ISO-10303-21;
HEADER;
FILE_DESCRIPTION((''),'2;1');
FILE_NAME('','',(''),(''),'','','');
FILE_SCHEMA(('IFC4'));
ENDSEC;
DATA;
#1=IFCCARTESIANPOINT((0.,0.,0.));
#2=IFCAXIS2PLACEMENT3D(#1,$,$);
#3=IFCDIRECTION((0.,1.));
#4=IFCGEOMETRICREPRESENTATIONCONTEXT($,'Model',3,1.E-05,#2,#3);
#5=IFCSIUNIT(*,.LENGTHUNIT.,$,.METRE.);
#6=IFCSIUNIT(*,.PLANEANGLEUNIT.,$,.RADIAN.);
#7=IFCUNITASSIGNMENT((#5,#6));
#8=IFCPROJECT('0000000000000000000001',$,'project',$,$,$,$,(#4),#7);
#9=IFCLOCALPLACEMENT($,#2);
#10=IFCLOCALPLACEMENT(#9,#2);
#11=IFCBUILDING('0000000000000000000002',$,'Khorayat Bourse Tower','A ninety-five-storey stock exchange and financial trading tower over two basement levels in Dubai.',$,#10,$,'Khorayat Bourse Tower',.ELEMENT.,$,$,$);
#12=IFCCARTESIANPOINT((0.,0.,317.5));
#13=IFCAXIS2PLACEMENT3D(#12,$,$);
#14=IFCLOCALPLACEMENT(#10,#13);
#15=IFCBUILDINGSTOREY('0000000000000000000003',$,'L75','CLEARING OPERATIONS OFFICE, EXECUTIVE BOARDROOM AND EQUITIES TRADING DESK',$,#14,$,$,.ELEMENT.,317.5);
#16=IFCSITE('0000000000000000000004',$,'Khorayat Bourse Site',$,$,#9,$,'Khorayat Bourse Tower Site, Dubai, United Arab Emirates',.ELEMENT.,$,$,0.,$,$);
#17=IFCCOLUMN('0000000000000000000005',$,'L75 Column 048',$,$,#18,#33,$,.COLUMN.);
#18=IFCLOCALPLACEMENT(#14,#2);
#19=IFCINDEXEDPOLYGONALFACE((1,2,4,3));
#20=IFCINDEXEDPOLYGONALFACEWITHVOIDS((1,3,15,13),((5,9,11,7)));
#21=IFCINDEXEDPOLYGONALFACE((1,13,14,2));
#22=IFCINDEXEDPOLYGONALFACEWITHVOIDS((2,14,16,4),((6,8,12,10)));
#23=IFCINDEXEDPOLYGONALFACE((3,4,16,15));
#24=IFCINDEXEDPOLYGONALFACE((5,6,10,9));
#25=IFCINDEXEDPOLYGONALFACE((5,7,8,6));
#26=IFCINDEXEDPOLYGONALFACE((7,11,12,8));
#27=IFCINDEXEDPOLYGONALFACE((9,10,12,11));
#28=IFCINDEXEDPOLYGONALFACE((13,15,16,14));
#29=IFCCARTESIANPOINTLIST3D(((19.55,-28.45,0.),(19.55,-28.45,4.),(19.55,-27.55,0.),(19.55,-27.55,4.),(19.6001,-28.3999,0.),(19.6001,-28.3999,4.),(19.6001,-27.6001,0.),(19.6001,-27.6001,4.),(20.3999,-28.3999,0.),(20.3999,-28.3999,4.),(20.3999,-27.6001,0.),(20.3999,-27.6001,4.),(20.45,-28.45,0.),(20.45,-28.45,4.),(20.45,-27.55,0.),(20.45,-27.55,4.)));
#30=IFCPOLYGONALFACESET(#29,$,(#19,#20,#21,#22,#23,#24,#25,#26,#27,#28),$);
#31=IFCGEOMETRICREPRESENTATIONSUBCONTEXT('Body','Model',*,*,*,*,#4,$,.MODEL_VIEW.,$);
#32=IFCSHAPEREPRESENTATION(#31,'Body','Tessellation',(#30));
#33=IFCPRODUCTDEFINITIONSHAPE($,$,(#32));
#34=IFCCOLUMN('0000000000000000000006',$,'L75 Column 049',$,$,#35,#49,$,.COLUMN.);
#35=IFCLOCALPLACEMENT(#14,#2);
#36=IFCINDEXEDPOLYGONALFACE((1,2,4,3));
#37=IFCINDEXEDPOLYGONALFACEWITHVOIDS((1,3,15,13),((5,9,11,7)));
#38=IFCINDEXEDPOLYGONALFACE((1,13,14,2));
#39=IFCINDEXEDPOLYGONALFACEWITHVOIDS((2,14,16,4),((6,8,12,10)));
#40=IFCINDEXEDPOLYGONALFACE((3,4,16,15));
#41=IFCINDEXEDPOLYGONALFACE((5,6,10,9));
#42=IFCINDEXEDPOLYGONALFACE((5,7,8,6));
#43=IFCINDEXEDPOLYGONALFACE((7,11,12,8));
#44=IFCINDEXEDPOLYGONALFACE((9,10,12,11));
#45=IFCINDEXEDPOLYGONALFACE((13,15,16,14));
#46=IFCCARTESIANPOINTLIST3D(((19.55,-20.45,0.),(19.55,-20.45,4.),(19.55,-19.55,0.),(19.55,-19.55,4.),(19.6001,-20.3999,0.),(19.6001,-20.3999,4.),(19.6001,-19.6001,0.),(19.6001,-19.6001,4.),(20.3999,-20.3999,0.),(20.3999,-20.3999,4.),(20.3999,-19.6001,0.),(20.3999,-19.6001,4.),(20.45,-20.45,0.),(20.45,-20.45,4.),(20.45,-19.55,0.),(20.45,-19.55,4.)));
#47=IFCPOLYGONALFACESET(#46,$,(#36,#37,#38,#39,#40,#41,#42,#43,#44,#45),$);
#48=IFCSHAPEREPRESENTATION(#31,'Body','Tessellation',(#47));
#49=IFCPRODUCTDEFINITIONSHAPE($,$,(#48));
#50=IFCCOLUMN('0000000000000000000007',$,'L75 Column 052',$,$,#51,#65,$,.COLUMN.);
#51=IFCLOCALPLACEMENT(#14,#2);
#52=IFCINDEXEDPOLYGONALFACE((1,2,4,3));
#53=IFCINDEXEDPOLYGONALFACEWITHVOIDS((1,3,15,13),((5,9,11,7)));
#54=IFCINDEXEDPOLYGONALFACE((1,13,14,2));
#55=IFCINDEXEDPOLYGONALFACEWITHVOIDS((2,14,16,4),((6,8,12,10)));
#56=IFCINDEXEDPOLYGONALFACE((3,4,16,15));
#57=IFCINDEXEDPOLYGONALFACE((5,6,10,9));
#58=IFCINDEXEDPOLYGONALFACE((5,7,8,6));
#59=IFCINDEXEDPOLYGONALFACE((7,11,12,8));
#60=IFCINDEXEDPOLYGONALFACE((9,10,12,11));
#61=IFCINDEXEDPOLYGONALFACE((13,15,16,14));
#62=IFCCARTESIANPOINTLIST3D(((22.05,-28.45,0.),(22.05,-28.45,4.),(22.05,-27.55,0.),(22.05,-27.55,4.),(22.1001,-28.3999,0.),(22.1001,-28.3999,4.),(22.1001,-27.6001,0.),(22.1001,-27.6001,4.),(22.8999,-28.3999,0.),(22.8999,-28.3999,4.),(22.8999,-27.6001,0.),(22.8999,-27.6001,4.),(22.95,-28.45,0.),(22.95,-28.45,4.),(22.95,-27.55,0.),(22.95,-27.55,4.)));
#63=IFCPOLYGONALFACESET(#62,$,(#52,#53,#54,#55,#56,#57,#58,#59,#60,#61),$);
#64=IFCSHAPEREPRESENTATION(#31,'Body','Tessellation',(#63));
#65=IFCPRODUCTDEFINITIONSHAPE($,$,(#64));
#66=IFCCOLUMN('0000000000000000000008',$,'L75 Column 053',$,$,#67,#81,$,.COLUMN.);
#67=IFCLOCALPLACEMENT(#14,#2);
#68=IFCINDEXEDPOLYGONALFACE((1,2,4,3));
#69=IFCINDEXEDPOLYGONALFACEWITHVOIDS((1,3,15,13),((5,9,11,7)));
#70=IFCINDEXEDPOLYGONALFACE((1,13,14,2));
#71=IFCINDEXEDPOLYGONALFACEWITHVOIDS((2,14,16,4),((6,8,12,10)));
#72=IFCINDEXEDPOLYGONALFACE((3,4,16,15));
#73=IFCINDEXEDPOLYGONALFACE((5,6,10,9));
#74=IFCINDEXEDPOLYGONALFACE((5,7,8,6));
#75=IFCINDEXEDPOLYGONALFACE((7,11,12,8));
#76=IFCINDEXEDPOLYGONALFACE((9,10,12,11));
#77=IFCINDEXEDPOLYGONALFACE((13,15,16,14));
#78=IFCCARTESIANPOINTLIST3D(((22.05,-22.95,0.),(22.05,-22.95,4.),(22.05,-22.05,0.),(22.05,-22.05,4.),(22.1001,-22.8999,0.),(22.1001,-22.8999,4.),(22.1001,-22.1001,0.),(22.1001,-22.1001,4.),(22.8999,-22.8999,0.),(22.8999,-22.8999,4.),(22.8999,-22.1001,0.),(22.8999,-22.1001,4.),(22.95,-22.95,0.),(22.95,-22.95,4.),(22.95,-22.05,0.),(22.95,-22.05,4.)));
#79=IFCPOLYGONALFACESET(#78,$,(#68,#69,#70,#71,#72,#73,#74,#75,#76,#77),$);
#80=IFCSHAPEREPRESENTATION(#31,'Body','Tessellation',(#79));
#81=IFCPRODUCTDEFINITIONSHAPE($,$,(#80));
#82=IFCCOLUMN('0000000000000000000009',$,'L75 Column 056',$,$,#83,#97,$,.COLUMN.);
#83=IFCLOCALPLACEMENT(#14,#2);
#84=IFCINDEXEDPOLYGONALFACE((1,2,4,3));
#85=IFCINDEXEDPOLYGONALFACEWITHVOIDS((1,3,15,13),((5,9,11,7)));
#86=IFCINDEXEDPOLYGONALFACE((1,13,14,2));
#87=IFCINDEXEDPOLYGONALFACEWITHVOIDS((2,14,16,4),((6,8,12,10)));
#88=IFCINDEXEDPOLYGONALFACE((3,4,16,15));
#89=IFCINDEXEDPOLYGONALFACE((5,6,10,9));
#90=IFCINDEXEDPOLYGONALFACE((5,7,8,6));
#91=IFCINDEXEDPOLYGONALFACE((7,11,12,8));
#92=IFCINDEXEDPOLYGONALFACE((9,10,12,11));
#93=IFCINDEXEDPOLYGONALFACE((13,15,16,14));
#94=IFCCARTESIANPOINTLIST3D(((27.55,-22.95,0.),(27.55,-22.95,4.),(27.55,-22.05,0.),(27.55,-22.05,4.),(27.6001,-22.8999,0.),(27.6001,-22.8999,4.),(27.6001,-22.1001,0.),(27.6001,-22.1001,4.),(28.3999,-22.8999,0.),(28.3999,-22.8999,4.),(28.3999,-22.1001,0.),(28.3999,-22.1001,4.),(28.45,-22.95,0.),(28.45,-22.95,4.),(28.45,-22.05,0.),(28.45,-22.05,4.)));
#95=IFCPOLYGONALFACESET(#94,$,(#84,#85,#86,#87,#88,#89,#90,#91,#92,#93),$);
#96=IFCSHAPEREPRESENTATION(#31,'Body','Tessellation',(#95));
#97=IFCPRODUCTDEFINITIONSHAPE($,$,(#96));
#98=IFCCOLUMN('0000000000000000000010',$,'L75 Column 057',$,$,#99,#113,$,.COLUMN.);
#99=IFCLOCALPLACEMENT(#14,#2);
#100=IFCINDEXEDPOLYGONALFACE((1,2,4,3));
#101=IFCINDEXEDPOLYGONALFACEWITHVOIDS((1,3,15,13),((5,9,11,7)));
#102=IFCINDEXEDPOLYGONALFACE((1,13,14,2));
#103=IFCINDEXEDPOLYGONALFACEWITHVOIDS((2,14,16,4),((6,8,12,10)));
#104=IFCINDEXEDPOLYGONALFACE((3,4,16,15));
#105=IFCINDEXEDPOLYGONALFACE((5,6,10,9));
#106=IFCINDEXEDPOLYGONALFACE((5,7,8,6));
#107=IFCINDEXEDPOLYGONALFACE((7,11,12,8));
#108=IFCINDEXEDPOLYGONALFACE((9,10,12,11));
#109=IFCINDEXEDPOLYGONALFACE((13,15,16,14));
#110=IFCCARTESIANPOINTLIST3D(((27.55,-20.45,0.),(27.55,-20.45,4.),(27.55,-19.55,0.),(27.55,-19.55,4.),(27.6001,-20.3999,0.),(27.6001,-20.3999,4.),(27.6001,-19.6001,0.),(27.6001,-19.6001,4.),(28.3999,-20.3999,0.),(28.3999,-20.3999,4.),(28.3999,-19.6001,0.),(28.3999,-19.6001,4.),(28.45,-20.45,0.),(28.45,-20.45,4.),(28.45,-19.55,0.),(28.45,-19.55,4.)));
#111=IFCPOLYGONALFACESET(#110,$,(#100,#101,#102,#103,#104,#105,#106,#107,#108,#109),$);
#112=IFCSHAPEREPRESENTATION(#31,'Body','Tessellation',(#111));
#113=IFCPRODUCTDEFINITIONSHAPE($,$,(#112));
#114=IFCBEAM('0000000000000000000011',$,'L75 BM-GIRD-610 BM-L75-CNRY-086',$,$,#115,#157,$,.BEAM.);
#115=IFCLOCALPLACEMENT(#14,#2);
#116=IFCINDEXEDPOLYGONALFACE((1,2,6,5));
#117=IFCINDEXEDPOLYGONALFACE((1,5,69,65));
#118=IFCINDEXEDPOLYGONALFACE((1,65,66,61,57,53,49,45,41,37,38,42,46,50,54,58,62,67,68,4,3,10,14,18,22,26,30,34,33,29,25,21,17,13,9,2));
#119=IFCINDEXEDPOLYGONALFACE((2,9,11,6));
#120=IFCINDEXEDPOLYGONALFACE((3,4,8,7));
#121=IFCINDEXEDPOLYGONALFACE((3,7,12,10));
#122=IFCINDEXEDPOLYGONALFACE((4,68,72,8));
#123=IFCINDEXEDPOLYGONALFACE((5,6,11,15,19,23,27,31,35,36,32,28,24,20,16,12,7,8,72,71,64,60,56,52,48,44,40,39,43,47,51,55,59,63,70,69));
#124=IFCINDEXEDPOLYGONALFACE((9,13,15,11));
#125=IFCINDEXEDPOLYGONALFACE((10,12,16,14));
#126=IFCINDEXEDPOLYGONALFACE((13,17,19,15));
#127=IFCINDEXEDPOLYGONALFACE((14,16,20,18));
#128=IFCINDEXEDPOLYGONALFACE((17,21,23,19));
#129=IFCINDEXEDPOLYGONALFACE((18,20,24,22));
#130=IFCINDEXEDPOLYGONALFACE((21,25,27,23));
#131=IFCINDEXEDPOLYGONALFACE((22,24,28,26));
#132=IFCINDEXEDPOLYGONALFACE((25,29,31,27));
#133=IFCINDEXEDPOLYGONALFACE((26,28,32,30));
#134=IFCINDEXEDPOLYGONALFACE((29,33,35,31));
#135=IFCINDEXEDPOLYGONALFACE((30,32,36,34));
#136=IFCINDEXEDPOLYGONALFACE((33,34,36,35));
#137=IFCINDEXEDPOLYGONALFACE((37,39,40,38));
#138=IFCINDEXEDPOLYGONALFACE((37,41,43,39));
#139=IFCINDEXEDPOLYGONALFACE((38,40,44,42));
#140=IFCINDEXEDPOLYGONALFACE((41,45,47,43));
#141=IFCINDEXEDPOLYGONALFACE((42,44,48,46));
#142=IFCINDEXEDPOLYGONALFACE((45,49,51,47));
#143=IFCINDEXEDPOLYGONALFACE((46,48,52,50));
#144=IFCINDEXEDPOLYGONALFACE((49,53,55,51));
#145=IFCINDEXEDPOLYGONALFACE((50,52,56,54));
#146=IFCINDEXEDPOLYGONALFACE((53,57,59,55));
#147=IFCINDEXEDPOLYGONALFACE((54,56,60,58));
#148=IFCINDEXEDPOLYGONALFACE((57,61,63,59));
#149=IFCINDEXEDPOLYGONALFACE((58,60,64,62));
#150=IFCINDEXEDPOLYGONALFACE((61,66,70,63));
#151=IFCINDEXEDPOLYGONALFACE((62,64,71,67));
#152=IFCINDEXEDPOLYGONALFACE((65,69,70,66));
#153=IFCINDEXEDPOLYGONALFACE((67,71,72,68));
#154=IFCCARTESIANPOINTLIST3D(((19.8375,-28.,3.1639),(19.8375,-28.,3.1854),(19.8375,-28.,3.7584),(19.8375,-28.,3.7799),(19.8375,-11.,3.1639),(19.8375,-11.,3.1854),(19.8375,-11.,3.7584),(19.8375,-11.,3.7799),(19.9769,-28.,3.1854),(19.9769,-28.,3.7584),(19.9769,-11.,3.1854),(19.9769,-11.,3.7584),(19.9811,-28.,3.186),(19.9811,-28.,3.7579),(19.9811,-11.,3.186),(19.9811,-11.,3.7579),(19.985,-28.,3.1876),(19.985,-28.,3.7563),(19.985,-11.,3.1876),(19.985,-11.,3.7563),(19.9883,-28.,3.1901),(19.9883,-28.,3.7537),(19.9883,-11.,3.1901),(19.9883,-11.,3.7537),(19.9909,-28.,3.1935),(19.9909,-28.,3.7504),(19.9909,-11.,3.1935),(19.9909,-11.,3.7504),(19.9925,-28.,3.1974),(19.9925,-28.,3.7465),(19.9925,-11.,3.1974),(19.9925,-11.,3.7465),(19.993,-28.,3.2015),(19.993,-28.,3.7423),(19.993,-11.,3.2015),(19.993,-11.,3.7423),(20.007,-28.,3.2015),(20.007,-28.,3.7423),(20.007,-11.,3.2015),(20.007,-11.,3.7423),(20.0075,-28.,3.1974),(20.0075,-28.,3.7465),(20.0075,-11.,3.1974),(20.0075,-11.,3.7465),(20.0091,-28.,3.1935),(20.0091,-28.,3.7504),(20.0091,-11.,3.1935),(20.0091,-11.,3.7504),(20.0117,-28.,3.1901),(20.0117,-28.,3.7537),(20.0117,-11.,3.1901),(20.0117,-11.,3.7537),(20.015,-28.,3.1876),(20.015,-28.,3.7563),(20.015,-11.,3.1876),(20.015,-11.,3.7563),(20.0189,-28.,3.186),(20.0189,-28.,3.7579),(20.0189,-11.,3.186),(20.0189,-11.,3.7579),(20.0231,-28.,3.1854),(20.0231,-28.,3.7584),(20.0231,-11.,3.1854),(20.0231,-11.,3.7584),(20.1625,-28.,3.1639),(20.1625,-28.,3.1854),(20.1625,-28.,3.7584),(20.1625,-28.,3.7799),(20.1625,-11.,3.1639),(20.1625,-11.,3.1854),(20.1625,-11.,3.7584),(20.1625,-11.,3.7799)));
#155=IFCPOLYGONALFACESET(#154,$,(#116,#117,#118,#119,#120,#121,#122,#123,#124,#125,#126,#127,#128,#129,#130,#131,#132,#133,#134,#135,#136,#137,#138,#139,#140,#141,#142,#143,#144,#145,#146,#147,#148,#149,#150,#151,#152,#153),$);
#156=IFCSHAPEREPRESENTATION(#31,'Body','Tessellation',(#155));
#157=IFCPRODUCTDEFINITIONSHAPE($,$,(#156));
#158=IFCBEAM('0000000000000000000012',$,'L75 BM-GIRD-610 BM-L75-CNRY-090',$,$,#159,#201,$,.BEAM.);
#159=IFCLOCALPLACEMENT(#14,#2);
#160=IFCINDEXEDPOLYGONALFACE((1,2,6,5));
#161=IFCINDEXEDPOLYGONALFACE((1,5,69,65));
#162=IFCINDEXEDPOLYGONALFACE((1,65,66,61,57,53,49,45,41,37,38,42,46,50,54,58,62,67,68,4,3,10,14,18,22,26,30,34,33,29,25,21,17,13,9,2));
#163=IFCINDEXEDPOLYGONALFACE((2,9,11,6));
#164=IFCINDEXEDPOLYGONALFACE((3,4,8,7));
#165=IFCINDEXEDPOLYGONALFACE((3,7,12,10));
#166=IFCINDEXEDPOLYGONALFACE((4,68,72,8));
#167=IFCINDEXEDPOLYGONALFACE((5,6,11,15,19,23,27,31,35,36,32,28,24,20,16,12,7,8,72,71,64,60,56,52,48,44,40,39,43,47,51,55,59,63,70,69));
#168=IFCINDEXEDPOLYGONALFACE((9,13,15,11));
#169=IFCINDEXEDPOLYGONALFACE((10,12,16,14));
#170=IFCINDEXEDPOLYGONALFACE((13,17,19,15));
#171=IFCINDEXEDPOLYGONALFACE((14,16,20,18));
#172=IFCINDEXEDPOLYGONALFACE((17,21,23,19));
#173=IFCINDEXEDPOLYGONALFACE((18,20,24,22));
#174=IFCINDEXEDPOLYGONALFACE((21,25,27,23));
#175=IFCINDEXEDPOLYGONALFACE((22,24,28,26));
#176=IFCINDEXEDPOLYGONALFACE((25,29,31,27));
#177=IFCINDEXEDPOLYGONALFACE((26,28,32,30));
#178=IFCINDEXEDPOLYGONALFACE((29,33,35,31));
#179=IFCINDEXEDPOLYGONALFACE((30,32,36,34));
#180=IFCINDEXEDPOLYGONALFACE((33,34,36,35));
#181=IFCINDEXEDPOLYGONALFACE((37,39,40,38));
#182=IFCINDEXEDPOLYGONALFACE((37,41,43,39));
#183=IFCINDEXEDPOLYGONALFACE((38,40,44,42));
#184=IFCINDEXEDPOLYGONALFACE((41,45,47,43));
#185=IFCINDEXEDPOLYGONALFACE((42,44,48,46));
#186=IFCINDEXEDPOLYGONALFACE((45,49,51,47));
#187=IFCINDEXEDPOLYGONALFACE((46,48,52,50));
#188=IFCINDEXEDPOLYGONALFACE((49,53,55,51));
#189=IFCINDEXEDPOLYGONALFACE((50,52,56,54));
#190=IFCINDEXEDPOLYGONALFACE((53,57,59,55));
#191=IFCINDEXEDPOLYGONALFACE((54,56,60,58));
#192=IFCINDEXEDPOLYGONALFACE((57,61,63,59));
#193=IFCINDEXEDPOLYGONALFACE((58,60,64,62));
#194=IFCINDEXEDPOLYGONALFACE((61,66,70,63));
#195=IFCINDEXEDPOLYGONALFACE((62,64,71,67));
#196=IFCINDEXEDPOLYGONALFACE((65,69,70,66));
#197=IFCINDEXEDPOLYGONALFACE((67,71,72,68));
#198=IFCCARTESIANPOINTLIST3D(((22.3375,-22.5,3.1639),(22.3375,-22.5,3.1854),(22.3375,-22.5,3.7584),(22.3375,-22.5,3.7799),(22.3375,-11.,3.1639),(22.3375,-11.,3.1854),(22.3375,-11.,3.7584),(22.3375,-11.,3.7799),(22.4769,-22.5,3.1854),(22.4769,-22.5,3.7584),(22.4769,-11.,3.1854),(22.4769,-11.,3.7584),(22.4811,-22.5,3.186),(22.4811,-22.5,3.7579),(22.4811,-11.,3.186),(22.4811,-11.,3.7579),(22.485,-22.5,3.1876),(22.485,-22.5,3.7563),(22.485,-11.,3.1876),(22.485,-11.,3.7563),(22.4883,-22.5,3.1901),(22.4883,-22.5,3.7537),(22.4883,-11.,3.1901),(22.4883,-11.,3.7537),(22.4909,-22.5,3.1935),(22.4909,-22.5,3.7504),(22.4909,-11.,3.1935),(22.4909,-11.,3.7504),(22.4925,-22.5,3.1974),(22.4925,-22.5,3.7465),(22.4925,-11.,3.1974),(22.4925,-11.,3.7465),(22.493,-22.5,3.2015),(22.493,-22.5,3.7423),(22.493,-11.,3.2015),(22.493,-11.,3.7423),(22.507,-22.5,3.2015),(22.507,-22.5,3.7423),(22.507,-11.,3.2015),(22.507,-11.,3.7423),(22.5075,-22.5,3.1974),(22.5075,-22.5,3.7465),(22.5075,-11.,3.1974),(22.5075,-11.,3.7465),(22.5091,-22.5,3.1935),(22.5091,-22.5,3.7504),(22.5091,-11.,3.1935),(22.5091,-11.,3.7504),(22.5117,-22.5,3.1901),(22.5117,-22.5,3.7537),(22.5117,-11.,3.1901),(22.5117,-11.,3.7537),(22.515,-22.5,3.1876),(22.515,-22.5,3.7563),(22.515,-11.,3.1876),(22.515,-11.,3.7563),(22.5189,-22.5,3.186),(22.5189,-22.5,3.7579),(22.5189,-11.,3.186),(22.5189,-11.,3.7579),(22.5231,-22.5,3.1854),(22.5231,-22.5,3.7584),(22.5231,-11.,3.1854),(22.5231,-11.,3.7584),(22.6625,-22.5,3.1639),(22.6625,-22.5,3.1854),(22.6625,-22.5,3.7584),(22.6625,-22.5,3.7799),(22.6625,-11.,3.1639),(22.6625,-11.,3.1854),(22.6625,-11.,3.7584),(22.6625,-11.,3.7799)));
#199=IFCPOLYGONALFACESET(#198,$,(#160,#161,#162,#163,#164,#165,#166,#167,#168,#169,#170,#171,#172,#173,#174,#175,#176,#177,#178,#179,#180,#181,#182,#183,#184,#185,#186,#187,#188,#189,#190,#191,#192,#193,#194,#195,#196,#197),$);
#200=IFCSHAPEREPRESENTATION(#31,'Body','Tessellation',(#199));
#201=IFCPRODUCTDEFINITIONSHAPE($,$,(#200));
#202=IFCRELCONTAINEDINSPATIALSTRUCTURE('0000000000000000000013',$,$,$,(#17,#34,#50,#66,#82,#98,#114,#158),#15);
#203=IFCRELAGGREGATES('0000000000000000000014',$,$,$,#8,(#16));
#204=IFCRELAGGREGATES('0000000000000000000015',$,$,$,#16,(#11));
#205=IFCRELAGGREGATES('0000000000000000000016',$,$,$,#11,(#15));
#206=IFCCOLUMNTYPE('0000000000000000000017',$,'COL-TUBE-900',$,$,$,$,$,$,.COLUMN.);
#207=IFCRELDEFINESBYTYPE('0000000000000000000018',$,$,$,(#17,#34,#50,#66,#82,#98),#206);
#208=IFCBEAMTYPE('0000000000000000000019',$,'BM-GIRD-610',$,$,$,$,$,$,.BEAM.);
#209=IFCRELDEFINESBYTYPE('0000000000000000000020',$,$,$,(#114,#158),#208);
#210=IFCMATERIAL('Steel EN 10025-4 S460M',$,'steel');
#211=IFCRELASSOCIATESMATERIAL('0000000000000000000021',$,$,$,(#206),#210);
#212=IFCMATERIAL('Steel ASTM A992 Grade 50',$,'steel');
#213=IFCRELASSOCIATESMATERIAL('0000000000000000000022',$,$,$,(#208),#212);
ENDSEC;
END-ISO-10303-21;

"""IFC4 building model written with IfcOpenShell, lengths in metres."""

from ifc_helpers import new_model, si_unit, direction, frame, origin, origin_2d, place, context, subcontext, project, spatial, hollow_rectangle, i_section, extrude, source, transform, mapped, material, material_profile, profile_set, type_object, element, save


model = new_model("IFC4")

# Units and contexts
model_context = context("Model", 3, precision=1e-05, world=origin(), true_north=direction((0.0, 1.0)))
body_context = subcontext(model_context, "Body", "Model", "MODEL_VIEW")
ifc_project = project(units=[si_unit("LENGTHUNIT", "METRE"), si_unit("PLANEANGLEUNIT", "RADIAN")], contexts=[model_context])

# Site, building, storey
site_placement = place(None, origin())
site = spatial("IfcSite", under=ifc_project, at=site_placement, Name="Khorayat Bourse Site", LongName="Khorayat Bourse Tower Site, Dubai, United Arab Emirates", CompositionType="ELEMENT", RefElevation=0.0)
building_placement = place(site_placement, origin())
building = spatial("IfcBuilding", under=site, at=building_placement, Name="Khorayat Bourse Tower", Description="A ninety-five-storey stock exchange and financial trading tower over two basement levels in Dubai.", LongName="Khorayat Bourse Tower", CompositionType="ELEMENT")
storey_placement = place(building_placement, frame((0.0, 0.0, 317.5)))
storey = spatial("IfcBuildingStorey", under=building, at=storey_placement, Name="L75", Description="CLEARING OPERATIONS OFFICE, EXECUTIVE BOARDROOM AND EQUITIES TRADING DESK", CompositionType="ELEMENT", Elevation=317.5)

# Columns
ifc_material_1 = material(Name="Steel EN 10025-4 S460M", Category="steel")
ifc_material_profile_1 = material_profile(ifc_material_1, hollow_rectangle(XDim=0.8999, YDim=0.8999, WallThickness=0.05, at=origin_2d()), Name="BOX 900x900x50")
ifc_profile_set_1 = profile_set([ifc_material_profile_1], Name="Steel EN 10025-4 S460M")
column_type = type_object("IfcColumnType", Name="COL-TUBE-900", PredefinedType="COLUMN", material=ifc_profile_set_1)
shared_shape_1 = source(origin(), body_context, "Body", "SweptSolid", [
    extrude(hollow_rectangle(XDim=0.8999, YDim=0.8999, WallThickness=0.05, at=origin_2d()), origin(), (0.0, 0.0, 1.0), 4.0),
])
for number, where, z_axis, x_axis, name in (
    (1, (20.0, -28.0, 0.0), (0.0, 0.0, 1.0), (1.0, 0.0, 0.0), "L75 Column 048"),
    (2, (20.0, -20.0, 0.0), (0.0, 0.0, 1.0), (1.0, 0.0, 0.0), "L75 Column 049"),
    (3, (22.5, -28.0, 0.0), (0.0, 0.0, 1.0), (1.0, 0.0, 0.0), "L75 Column 052"),
    (4, (22.5, -22.5, 0.0), (0.0, 0.0, 1.0), (1.0, 0.0, 0.0), "L75 Column 053"),
    (5, (28.0, -22.5, 0.0), (0.0, 0.0, 1.0), (1.0, 0.0, 0.0), "L75 Column 056"),
    (6, (28.0, -20.0, 0.0), (0.0, 0.0, 1.0), (1.0, 0.0, 0.0), "L75 Column 057"),
):
    element("IfcColumn", number, at=place(storey_placement, frame(where, z_axis=z_axis, x_axis=x_axis)), inside=storey, type_object=column_type, Name=name, PredefinedType="COLUMN", context=body_context, shape_type="MappedRepresentation", body=[
        mapped(shared_shape_1, transform((0.0, 0.0, 0.0), scale=1.0)),
    ])

# Beams
ifc_material_2 = material(Name="Steel ASTM A992 Grade 50", Category="steel")
ifc_material_profile_2 = material_profile(ifc_material_2, i_section(OverallWidth=0.325, OverallDepth=0.616, WebThickness=0.0139, FlangeThickness=0.0215, FilletRadius=0.0161, at=origin_2d()), Name="W610X174")
ifc_profile_set_2 = profile_set([ifc_material_profile_2], Name="Steel ASTM A992 Grade 50")
beam_type_1 = type_object("IfcBeamType", Name="BM-GIRD-610", PredefinedType="BEAM", material=ifc_profile_set_2)
shared_shape_2 = source(origin(), body_context, "Body", "SweptSolid", [
    extrude(i_section(OverallWidth=0.325, OverallDepth=0.616, WebThickness=0.0139, FlangeThickness=0.0215, FilletRadius=0.0161, at=origin_2d()), origin(), (0.0, 0.0, 1.0), 17.0),
])
beam_1_placement = place(storey_placement, frame((20.0, -28.0, 3.4719), z_axis=(0.0, 1.0, 0.0), x_axis=(-1.0, 0.0, 0.0)))
element("IfcBeam", 7, at=beam_1_placement, inside=storey, type_object=beam_type_1, Name="L75 BM-GIRD-610 BM-L75-CNRY-086", PredefinedType="BEAM", context=body_context, shape_type="MappedRepresentation", body=[
    mapped(shared_shape_2, transform((0.0, 0.0, 0.0), scale=1.0)),
])
shared_shape_3 = source(origin(), body_context, "Body", "SweptSolid", [
    extrude(i_section(OverallWidth=0.325, OverallDepth=0.616, WebThickness=0.0139, FlangeThickness=0.0215, FilletRadius=0.0161, at=origin_2d()), origin(), (0.0, 0.0, 1.0), 11.5),
])
beam_2_placement = place(storey_placement, frame((22.5, -22.5, 3.4719), z_axis=(0.0, 1.0, 0.0), x_axis=(-1.0, 0.0, 0.0)))
element("IfcBeam", 8, at=beam_2_placement, inside=storey, type_object=beam_type_1, Name="L75 BM-GIRD-610 BM-L75-CNRY-090", PredefinedType="BEAM", context=body_context, shape_type="MappedRepresentation", body=[
    mapped(shared_shape_3, transform((0.0, 0.0, 0.0), scale=1.0)),
])

save(model, "model.ifc")
